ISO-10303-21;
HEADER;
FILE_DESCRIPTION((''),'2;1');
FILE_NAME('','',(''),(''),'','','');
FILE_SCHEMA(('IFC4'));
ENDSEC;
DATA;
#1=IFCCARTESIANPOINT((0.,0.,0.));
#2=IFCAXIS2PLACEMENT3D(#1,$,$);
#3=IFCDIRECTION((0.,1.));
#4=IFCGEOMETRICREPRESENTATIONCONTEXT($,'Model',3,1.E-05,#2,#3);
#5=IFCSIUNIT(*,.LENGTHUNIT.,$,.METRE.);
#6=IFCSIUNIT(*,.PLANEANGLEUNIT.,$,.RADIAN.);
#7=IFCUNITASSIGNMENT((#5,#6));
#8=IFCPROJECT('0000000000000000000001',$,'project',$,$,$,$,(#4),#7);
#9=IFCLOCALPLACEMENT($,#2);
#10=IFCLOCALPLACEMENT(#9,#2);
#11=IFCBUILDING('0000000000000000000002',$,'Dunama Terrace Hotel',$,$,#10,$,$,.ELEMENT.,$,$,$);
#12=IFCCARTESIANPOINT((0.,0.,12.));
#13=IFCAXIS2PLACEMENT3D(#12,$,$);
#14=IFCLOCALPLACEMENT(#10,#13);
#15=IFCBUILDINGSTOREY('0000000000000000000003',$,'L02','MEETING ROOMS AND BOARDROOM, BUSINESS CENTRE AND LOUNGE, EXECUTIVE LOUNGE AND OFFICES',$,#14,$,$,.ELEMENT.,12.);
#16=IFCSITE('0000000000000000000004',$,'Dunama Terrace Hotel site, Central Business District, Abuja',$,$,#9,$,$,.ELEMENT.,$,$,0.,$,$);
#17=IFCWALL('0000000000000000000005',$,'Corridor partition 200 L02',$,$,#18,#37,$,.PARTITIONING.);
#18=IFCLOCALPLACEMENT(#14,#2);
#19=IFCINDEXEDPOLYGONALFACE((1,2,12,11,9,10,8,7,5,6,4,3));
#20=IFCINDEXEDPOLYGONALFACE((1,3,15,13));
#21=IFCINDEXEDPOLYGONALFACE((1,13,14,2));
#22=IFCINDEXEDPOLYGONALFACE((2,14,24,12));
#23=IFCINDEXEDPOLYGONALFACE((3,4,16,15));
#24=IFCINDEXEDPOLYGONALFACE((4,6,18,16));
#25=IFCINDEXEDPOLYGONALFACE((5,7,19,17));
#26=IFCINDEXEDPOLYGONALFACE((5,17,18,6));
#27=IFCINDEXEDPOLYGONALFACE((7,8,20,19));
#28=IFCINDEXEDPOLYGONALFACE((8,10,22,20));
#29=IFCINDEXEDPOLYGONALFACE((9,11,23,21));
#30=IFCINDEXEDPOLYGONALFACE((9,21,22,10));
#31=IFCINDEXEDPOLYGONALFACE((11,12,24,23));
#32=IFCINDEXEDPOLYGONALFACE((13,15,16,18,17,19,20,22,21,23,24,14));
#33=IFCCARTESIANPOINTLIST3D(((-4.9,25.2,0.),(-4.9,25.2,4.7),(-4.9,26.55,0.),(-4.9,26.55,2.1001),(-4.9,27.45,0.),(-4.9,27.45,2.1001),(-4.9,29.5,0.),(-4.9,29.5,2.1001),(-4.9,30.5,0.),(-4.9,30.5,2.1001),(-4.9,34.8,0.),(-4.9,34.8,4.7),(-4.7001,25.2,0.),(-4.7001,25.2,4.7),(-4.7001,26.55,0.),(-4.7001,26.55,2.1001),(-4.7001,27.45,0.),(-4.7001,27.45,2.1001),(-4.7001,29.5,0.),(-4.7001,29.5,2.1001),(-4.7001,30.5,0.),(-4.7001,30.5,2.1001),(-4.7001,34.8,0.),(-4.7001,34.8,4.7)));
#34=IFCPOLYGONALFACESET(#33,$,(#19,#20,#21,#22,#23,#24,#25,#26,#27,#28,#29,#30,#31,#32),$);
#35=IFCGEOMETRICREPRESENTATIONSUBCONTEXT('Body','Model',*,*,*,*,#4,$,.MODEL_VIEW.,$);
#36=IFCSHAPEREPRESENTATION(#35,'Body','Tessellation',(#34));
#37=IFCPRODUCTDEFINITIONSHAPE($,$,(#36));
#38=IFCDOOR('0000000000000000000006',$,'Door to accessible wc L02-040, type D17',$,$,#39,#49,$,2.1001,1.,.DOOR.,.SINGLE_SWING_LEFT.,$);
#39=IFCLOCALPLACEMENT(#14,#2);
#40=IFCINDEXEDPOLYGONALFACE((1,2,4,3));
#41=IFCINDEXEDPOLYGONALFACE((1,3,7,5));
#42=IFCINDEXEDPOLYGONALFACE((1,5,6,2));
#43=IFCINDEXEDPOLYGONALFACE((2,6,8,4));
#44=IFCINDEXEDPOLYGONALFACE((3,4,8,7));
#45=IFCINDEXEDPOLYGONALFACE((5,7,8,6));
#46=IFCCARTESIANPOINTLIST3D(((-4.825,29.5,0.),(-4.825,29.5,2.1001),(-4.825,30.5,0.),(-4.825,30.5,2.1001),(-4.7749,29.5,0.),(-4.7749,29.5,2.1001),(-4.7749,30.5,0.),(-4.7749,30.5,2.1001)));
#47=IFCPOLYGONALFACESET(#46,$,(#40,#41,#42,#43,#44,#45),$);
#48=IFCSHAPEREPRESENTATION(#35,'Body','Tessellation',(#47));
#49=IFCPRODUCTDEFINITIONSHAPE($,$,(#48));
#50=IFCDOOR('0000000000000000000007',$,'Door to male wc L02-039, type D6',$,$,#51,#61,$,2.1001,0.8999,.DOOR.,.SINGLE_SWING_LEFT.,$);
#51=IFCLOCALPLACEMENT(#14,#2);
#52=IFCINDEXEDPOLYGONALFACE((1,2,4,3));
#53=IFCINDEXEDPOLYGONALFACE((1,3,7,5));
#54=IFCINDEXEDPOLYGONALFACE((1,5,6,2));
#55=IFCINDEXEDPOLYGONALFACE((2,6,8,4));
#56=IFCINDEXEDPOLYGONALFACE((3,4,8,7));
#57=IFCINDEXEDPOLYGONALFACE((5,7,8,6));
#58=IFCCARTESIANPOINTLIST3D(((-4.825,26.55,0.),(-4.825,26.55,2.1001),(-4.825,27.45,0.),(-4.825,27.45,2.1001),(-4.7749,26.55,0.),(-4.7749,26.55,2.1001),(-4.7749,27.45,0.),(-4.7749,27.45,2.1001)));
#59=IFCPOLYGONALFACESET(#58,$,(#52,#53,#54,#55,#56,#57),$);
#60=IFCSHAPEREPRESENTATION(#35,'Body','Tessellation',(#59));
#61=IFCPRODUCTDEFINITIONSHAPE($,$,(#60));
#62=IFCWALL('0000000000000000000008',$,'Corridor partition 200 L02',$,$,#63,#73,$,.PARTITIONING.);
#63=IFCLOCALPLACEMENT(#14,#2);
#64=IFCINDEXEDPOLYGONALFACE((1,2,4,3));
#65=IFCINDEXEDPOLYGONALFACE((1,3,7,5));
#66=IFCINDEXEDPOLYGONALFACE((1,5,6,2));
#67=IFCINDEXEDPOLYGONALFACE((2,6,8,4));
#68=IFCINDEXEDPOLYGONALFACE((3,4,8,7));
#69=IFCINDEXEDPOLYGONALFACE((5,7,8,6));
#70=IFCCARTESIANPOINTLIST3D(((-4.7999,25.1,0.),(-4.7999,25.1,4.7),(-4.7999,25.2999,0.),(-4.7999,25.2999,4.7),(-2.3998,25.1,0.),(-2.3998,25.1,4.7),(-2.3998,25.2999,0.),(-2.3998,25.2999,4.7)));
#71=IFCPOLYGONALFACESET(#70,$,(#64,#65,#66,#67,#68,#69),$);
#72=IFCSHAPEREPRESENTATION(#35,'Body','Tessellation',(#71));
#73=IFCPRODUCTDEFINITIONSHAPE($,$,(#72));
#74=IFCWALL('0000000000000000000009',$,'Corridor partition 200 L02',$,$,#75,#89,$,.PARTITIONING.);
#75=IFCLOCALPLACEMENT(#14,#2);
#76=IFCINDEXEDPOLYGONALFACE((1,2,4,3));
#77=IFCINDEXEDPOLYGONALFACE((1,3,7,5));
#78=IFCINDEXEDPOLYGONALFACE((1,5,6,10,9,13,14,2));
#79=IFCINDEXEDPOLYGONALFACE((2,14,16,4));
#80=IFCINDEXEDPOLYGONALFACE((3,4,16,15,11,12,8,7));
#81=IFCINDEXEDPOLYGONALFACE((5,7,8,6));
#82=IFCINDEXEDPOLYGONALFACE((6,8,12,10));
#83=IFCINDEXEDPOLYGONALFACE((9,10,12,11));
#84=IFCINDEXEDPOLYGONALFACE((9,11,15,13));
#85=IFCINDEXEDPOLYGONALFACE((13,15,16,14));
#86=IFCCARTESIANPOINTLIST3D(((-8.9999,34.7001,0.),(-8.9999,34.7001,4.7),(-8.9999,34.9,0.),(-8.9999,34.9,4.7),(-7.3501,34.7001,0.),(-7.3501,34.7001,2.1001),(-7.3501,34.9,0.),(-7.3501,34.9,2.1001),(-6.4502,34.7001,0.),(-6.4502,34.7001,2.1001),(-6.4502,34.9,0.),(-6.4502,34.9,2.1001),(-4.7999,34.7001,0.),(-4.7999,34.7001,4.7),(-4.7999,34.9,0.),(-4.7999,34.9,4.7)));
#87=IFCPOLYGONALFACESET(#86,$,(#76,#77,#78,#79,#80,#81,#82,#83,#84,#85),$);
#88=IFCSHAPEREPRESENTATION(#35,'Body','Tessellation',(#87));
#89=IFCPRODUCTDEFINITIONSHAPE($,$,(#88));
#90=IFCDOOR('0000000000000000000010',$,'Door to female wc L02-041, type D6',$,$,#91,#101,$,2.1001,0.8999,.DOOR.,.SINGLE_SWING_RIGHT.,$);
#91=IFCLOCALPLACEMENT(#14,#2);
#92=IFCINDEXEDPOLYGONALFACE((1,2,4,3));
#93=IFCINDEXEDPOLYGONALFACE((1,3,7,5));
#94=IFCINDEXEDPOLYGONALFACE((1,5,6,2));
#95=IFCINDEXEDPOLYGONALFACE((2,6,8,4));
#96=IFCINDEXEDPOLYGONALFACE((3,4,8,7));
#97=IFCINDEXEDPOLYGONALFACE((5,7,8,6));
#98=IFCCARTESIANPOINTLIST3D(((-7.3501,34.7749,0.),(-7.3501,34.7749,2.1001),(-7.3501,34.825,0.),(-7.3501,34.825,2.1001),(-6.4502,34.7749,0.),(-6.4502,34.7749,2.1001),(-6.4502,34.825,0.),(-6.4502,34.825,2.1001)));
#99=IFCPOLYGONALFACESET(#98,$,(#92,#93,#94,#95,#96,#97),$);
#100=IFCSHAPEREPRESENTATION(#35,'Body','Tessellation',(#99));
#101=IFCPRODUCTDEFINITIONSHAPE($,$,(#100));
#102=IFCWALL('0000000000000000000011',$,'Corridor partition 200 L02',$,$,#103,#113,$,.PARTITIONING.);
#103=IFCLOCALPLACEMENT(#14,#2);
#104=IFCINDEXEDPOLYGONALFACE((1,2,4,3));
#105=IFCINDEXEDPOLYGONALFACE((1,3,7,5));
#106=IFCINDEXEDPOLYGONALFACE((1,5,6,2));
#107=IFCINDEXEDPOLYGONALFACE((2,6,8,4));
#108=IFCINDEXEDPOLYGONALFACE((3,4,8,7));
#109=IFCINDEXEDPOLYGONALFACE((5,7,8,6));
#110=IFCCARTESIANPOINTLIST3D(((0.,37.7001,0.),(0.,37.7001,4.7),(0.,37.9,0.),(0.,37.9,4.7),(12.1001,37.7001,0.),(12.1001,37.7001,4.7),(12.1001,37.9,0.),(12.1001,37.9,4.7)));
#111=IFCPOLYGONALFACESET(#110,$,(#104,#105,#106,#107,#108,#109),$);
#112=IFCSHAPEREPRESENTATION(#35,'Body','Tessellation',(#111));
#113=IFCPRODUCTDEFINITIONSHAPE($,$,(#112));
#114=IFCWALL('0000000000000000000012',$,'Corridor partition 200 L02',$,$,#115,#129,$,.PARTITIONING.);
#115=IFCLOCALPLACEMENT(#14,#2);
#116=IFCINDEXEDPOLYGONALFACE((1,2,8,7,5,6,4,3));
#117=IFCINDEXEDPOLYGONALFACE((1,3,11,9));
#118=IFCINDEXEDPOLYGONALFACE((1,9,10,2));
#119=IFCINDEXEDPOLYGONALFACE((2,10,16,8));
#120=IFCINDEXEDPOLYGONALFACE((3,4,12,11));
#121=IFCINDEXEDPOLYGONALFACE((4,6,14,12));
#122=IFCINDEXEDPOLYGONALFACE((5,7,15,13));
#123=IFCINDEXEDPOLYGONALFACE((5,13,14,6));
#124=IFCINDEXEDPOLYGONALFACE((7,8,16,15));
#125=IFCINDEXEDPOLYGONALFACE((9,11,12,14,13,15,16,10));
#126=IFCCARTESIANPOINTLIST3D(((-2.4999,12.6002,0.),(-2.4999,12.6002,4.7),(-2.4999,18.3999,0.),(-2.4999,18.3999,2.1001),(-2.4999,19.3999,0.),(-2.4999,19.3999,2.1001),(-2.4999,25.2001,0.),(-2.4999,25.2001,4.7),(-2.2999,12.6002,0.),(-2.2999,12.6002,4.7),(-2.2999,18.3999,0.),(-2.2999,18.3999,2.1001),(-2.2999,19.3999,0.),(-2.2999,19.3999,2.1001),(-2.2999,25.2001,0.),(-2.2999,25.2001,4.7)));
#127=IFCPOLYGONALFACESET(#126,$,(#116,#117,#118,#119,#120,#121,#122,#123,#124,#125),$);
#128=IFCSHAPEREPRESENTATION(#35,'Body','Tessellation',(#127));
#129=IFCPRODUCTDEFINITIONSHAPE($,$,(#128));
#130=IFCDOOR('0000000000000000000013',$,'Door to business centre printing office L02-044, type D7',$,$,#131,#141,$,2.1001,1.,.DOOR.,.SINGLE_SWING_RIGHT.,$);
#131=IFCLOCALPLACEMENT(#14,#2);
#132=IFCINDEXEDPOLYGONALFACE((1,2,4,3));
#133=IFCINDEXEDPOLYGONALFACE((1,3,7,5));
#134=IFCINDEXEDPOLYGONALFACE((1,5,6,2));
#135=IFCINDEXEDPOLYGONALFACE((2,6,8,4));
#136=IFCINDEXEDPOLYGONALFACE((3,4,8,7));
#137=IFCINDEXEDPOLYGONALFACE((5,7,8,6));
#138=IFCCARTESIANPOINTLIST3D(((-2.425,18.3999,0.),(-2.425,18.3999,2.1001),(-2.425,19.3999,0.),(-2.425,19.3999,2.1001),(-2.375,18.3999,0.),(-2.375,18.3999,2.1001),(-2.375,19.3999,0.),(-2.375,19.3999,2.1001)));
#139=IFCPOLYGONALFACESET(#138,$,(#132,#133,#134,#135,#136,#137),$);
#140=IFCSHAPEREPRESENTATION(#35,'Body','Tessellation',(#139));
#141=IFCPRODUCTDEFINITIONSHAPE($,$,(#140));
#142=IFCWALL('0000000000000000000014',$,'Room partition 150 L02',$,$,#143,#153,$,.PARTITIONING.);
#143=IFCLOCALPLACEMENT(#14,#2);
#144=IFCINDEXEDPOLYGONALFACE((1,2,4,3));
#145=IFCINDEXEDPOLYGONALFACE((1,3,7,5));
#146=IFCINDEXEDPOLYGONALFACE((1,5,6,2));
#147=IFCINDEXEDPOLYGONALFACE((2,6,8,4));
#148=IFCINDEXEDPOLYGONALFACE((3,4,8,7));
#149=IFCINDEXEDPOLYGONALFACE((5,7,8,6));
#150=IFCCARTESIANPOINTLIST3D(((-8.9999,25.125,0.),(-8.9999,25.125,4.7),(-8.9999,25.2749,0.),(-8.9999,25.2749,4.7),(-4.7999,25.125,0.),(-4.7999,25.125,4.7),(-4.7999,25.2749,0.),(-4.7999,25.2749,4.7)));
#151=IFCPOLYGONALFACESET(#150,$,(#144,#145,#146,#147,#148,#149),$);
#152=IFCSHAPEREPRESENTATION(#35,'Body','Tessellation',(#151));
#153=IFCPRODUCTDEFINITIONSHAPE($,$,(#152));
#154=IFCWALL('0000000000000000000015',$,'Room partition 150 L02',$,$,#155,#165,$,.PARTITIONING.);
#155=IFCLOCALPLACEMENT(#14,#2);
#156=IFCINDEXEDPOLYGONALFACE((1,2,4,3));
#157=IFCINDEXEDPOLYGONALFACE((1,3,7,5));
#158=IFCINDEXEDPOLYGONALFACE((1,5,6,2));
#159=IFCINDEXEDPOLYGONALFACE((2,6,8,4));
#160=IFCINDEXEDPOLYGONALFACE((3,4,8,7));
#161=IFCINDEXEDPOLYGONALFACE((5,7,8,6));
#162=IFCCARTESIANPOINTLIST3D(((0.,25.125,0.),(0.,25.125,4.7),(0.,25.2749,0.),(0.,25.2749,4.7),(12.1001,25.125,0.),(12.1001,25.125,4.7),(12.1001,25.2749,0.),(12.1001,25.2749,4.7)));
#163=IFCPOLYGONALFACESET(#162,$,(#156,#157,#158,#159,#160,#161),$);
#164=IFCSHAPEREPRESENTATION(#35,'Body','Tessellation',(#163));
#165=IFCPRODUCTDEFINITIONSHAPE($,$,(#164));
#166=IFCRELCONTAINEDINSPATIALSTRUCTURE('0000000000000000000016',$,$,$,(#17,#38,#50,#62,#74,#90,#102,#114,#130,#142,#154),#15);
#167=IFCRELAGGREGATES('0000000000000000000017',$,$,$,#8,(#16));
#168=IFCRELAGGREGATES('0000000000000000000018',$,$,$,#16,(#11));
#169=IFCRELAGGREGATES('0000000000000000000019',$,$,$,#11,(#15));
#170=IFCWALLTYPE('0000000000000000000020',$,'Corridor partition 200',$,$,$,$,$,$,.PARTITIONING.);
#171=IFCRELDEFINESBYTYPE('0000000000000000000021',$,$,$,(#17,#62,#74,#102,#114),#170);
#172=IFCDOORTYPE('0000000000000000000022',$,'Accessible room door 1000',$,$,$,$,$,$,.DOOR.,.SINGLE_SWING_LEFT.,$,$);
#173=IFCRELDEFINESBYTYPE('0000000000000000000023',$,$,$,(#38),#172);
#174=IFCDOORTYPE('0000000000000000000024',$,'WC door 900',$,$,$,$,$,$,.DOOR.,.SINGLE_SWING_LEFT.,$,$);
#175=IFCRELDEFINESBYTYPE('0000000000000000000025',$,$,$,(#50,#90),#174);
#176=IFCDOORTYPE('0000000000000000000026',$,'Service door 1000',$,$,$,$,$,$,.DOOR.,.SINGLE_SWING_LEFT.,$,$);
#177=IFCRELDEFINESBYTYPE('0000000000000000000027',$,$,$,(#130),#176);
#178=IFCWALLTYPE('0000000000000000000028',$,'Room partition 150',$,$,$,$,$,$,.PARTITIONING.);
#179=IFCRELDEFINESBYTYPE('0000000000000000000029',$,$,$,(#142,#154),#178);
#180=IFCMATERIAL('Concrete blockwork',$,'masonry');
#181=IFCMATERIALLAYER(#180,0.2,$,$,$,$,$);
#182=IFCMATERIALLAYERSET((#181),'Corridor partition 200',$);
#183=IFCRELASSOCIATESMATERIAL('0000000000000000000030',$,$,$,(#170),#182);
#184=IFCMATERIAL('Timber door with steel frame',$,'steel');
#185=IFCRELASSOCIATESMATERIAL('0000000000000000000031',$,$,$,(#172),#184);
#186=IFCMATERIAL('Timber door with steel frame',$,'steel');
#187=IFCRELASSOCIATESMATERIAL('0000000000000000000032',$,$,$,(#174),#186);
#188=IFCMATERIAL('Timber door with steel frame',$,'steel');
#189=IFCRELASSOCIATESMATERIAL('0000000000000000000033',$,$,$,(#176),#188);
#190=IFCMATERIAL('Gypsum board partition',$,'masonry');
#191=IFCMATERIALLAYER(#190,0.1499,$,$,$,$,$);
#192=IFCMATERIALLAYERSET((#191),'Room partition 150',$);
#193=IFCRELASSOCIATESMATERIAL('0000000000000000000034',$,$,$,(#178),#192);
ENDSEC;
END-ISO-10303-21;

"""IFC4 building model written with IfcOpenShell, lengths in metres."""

from ifc_helpers import new_model, si_unit, direction, frame, frame_2d, origin, place, context, subcontext, project, spatial, rectangle, extrude, material, layer, layer_set, type_object, element, fill, save


model = new_model("IFC4")

# Units and contexts
model_context = context("Model", 3, precision=1e-05, world=origin(), true_north=direction((0.0, 1.0)))
body_context = subcontext(model_context, "Body", "Model", "MODEL_VIEW")
ifc_project = project(units=[si_unit("LENGTHUNIT", "METRE"), si_unit("PLANEANGLEUNIT", "RADIAN")], contexts=[model_context])

# Site, building, storey
site_placement = place(None, origin())
site = spatial("IfcSite", under=ifc_project, at=site_placement, Name="Dunama Terrace Hotel site, Central Business District, Abuja", CompositionType="ELEMENT", RefElevation=0.0)
building_placement = place(site_placement, origin())
building = spatial("IfcBuilding", under=site, at=building_placement, Name="Dunama Terrace Hotel", CompositionType="ELEMENT")
storey_placement = place(building_placement, frame((0.0, 0.0, 12.0)))
storey = spatial("IfcBuildingStorey", under=building, at=storey_placement, Name="L02", Description="MEETING ROOMS AND BOARDROOM, BUSINESS CENTRE AND LOUNGE, EXECUTIVE LOUNGE AND OFFICES", CompositionType="ELEMENT", Elevation=12.0)

# Wall, openings, doors
ifc_material_1 = material(Name="Concrete blockwork", Category="masonry")
ifc_layer_1 = layer(ifc_material_1, 0.2)
ifc_layer_set_1 = layer_set([ifc_layer_1], Name="Corridor partition 200")
wall_type_1 = type_object("IfcWallType", Name="Corridor partition 200", PredefinedType="PARTITIONING", material=ifc_layer_set_1)
wall_1_placement = place(storey_placement, frame((-4.8, 25.2, 0.0), z_axis=(0.0, 0.0, 1.0), x_axis=(0.0, 1.0, 0.0)))
wall_1 = element("IfcWall", 1, at=wall_1_placement, inside=storey, type_object=wall_type_1, Name="Corridor partition 200 L02", PredefinedType="PARTITIONING", context=body_context, shape_type="SweptSolid", body=[
    extrude(rectangle(XDim=9.6001, YDim=0.2, at=frame_2d((4.8, 0.0))), origin(), (0.0, 0.0, 1.0), 4.7),
])
opening_1_placement = place(wall_1_placement, frame((1.3501, 0.0, 0.0)))
opening_1 = element("IfcOpeningElement", 2, at=opening_1_placement, cuts=wall_1, PredefinedType="OPENING", context=body_context, shape_type="SweptSolid", body=[
    extrude(rectangle(XDim=0.8999, YDim=2.1001, at=frame_2d((0.45, 1.05))), frame((0.0, 0.1099, 0.0), z_axis=(0.0, -1.0, 0.0), x_axis=(1.0, 0.0, 0.0)), (0.0, 0.0, 1.0), 0.22),
])
opening_2_placement = place(wall_1_placement, frame((4.3, 0.0, 0.0)))
opening_2 = element("IfcOpeningElement", 3, at=opening_2_placement, cuts=wall_1, PredefinedType="OPENING", context=body_context, shape_type="SweptSolid", body=[
    extrude(rectangle(XDim=1.0, YDim=2.1001, at=frame_2d((0.5, 1.05))), frame((0.0, 0.1099, 0.0), z_axis=(0.0, -1.0, 0.0), x_axis=(1.0, 0.0, 0.0)), (0.0, 0.0, 1.0), 0.22),
])
ifc_material_2 = material(Name="Timber door with steel frame", Category="steel")
door_type_1 = type_object("IfcDoorType", Name="Accessible room door 1000", OperationType="SINGLE_SWING_LEFT", PredefinedType="DOOR", material=ifc_material_2)
door_1_placement = place(opening_2_placement, origin())
door_1 = element("IfcDoor", 4, at=door_1_placement, inside=storey, type_object=door_type_1, Name="Door to accessible wc L02-040, type D17", OperationType="SINGLE_SWING_LEFT", OverallHeight=2.1001, OverallWidth=1.0, PredefinedType="DOOR", context=body_context, shape_type="SweptSolid", body=[
    extrude(rectangle(XDim=1.0, YDim=2.1001, at=frame_2d((0.5, 1.05))), frame((0.0, 0.0249, 0.0), z_axis=(0.0, -1.0, 0.0), x_axis=(1.0, 0.0, 0.0)), (0.0, 0.0, 1.0), 0.05),
])
fill(opening_2, door_1)
ifc_material_3 = material(Name="Timber door with steel frame", Category="steel")
door_type_2 = type_object("IfcDoorType", Name="WC door 900", OperationType="SINGLE_SWING_LEFT", PredefinedType="DOOR", material=ifc_material_3)
door_2_placement = place(opening_1_placement, origin())
door_2 = element("IfcDoor", 5, at=door_2_placement, inside=storey, type_object=door_type_2, Name="Door to male wc L02-039, type D6", OperationType="SINGLE_SWING_LEFT", OverallHeight=2.1001, OverallWidth=0.8999, PredefinedType="DOOR", context=body_context, shape_type="SweptSolid", body=[
    extrude(rectangle(XDim=0.8999, YDim=2.1001, at=frame_2d((0.45, 1.05))), frame((0.0, 0.0249, 0.0), z_axis=(0.0, -1.0, 0.0), x_axis=(1.0, 0.0, 0.0)), (0.0, 0.0, 1.0), 0.05),
])
fill(opening_1, door_2)

# Wall
wall_2_placement = place(storey_placement, frame((-4.8, 25.2, 0.0), z_axis=(0.0, 0.0, 1.0), x_axis=(1.0, 0.0, 0.0)))
element("IfcWall", 6, at=wall_2_placement, inside=storey, type_object=wall_type_1, Name="Corridor partition 200 L02", PredefinedType="PARTITIONING", context=body_context, shape_type="SweptSolid", body=[
    extrude(rectangle(XDim=2.4001, YDim=0.2, at=frame_2d((1.2002, 0.0))), origin(), (0.0, 0.0, 1.0), 4.7),
])

# Wall, opening, door
wall_3_placement = place(storey_placement, frame((-9.0, 34.8, 0.0), z_axis=(0.0, 0.0, 1.0), x_axis=(1.0, 0.0, 0.0)))
wall_3 = element("IfcWall", 7, at=wall_3_placement, inside=storey, type_object=wall_type_1, Name="Corridor partition 200 L02", PredefinedType="PARTITIONING", context=body_context, shape_type="SweptSolid", body=[
    extrude(rectangle(XDim=4.2, YDim=0.2, at=frame_2d((2.1001, 0.0))), origin(), (0.0, 0.0, 1.0), 4.7),
])
opening_3_placement = place(wall_3_placement, frame((1.6499, 0.0, 0.0)))
opening_3 = element("IfcOpeningElement", 8, at=opening_3_placement, cuts=wall_3, PredefinedType="OPENING", context=body_context, shape_type="SweptSolid", body=[
    extrude(rectangle(XDim=0.8999, YDim=2.1001, at=frame_2d((0.45, 1.05))), frame((0.0, 0.1099, 0.0), z_axis=(0.0, -1.0, 0.0), x_axis=(1.0, 0.0, 0.0)), (0.0, 0.0, 1.0), 0.22),
])
door_3_placement = place(opening_3_placement, frame((0.8999, 0.0, 0.0), z_axis=(0.0, 0.0, 1.0), x_axis=(-1.0, 0.0, 0.0)))
door_3 = element("IfcDoor", 9, at=door_3_placement, inside=storey, type_object=door_type_2, Name="Door to female wc L02-041, type D6", OperationType="SINGLE_SWING_RIGHT", OverallHeight=2.1001, OverallWidth=0.8999, PredefinedType="DOOR", context=body_context, shape_type="SweptSolid", body=[
    extrude(rectangle(XDim=0.8999, YDim=2.1001, at=frame_2d((0.45, 1.05))), frame((0.0, 0.0251, 0.0), z_axis=(0.0, -1.0, 0.0), x_axis=(1.0, 0.0, 0.0)), (0.0, 0.0, 1.0), 0.05),
])
fill(opening_3, door_3)

# Wall
wall_4_placement = place(storey_placement, frame((0.0, 37.8, 0.0), z_axis=(0.0, 0.0, 1.0), x_axis=(1.0, 0.0, 0.0)))
element("IfcWall", 10, at=wall_4_placement, inside=storey, type_object=wall_type_1, Name="Corridor partition 200 L02", PredefinedType="PARTITIONING", context=body_context, shape_type="SweptSolid", body=[
    extrude(rectangle(XDim=12.1001, YDim=0.2, at=frame_2d((6.05, 0.0))), origin(), (0.0, 0.0, 1.0), 4.7),
])

# Wall, opening, door
wall_5_placement = place(storey_placement, frame((-2.3999, 25.2, 0.0), z_axis=(0.0, 0.0, 1.0), x_axis=(0.0, -1.0, 0.0)))
wall_5 = element("IfcWall", 11, at=wall_5_placement, inside=storey, type_object=wall_type_1, Name="Corridor partition 200 L02", PredefinedType="PARTITIONING", context=body_context, shape_type="SweptSolid", body=[
    extrude(rectangle(XDim=12.5999, YDim=0.2, at=frame_2d((6.2998, 0.0))), origin(), (0.0, 0.0, 1.0), 4.7),
])
opening_4_placement = place(wall_5_placement, frame((5.8, 0.0, 0.0)))
opening_4 = element("IfcOpeningElement", 12, at=opening_4_placement, cuts=wall_5, PredefinedType="OPENING", context=body_context, shape_type="SweptSolid", body=[
    extrude(rectangle(XDim=1.0, YDim=2.1001, at=frame_2d((0.5, 1.05))), frame((0.0, 0.1099, 0.0), z_axis=(0.0, -1.0, 0.0), x_axis=(1.0, 0.0, 0.0)), (0.0, 0.0, 1.0), 0.22),
])
ifc_material_4 = material(Name="Timber door with steel frame", Category="steel")
door_type_3 = type_object("IfcDoorType", Name="Service door 1000", OperationType="SINGLE_SWING_LEFT", PredefinedType="DOOR", material=ifc_material_4)
door_4_placement = place(opening_4_placement, origin())
door_4 = element("IfcDoor", 13, at=door_4_placement, inside=storey, type_object=door_type_3, Name="Door to business centre printing office L02-044, type D7", OperationType="SINGLE_SWING_RIGHT", OverallHeight=2.1001, OverallWidth=1.0, PredefinedType="DOOR", context=body_context, shape_type="SweptSolid", body=[
    extrude(rectangle(XDim=1.0, YDim=2.1001, at=frame_2d((0.5, 1.05))), frame((0.0, 0.0249, 0.0), z_axis=(0.0, -1.0, 0.0), x_axis=(1.0, 0.0, 0.0)), (0.0, 0.0, 1.0), 0.05),
])
fill(opening_4, door_4)

# Walls
ifc_material_5 = material(Name="Gypsum board partition", Category="masonry")
ifc_layer_2 = layer(ifc_material_5, 0.1499)
ifc_layer_set_2 = layer_set([ifc_layer_2], Name="Room partition 150")
wall_type_2 = type_object("IfcWallType", Name="Room partition 150", PredefinedType="PARTITIONING", material=ifc_layer_set_2)
wall_6_placement = place(storey_placement, frame((-9.0, 25.2, 0.0), z_axis=(0.0, 0.0, 1.0), x_axis=(1.0, 0.0, 0.0)))
element("IfcWall", 14, at=wall_6_placement, inside=storey, type_object=wall_type_2, Name="Room partition 150 L02", PredefinedType="PARTITIONING", context=body_context, shape_type="SweptSolid", body=[
    extrude(rectangle(XDim=4.2, YDim=0.1499, at=frame_2d((2.1001, 0.0))), origin(), (0.0, 0.0, 1.0), 4.7),
])
wall_7_placement = place(storey_placement, frame((0.0, 25.2, 0.0), z_axis=(0.0, 0.0, 1.0), x_axis=(1.0, 0.0, 0.0)))
element("IfcWall", 15, at=wall_7_placement, inside=storey, type_object=wall_type_2, Name="Room partition 150 L02", PredefinedType="PARTITIONING", context=body_context, shape_type="SweptSolid", body=[
    extrude(rectangle(XDim=12.1001, YDim=0.1499, at=frame_2d((6.05, 0.0))), origin(), (0.0, 0.0, 1.0), 4.7),
])

save(model, "model.ifc")
